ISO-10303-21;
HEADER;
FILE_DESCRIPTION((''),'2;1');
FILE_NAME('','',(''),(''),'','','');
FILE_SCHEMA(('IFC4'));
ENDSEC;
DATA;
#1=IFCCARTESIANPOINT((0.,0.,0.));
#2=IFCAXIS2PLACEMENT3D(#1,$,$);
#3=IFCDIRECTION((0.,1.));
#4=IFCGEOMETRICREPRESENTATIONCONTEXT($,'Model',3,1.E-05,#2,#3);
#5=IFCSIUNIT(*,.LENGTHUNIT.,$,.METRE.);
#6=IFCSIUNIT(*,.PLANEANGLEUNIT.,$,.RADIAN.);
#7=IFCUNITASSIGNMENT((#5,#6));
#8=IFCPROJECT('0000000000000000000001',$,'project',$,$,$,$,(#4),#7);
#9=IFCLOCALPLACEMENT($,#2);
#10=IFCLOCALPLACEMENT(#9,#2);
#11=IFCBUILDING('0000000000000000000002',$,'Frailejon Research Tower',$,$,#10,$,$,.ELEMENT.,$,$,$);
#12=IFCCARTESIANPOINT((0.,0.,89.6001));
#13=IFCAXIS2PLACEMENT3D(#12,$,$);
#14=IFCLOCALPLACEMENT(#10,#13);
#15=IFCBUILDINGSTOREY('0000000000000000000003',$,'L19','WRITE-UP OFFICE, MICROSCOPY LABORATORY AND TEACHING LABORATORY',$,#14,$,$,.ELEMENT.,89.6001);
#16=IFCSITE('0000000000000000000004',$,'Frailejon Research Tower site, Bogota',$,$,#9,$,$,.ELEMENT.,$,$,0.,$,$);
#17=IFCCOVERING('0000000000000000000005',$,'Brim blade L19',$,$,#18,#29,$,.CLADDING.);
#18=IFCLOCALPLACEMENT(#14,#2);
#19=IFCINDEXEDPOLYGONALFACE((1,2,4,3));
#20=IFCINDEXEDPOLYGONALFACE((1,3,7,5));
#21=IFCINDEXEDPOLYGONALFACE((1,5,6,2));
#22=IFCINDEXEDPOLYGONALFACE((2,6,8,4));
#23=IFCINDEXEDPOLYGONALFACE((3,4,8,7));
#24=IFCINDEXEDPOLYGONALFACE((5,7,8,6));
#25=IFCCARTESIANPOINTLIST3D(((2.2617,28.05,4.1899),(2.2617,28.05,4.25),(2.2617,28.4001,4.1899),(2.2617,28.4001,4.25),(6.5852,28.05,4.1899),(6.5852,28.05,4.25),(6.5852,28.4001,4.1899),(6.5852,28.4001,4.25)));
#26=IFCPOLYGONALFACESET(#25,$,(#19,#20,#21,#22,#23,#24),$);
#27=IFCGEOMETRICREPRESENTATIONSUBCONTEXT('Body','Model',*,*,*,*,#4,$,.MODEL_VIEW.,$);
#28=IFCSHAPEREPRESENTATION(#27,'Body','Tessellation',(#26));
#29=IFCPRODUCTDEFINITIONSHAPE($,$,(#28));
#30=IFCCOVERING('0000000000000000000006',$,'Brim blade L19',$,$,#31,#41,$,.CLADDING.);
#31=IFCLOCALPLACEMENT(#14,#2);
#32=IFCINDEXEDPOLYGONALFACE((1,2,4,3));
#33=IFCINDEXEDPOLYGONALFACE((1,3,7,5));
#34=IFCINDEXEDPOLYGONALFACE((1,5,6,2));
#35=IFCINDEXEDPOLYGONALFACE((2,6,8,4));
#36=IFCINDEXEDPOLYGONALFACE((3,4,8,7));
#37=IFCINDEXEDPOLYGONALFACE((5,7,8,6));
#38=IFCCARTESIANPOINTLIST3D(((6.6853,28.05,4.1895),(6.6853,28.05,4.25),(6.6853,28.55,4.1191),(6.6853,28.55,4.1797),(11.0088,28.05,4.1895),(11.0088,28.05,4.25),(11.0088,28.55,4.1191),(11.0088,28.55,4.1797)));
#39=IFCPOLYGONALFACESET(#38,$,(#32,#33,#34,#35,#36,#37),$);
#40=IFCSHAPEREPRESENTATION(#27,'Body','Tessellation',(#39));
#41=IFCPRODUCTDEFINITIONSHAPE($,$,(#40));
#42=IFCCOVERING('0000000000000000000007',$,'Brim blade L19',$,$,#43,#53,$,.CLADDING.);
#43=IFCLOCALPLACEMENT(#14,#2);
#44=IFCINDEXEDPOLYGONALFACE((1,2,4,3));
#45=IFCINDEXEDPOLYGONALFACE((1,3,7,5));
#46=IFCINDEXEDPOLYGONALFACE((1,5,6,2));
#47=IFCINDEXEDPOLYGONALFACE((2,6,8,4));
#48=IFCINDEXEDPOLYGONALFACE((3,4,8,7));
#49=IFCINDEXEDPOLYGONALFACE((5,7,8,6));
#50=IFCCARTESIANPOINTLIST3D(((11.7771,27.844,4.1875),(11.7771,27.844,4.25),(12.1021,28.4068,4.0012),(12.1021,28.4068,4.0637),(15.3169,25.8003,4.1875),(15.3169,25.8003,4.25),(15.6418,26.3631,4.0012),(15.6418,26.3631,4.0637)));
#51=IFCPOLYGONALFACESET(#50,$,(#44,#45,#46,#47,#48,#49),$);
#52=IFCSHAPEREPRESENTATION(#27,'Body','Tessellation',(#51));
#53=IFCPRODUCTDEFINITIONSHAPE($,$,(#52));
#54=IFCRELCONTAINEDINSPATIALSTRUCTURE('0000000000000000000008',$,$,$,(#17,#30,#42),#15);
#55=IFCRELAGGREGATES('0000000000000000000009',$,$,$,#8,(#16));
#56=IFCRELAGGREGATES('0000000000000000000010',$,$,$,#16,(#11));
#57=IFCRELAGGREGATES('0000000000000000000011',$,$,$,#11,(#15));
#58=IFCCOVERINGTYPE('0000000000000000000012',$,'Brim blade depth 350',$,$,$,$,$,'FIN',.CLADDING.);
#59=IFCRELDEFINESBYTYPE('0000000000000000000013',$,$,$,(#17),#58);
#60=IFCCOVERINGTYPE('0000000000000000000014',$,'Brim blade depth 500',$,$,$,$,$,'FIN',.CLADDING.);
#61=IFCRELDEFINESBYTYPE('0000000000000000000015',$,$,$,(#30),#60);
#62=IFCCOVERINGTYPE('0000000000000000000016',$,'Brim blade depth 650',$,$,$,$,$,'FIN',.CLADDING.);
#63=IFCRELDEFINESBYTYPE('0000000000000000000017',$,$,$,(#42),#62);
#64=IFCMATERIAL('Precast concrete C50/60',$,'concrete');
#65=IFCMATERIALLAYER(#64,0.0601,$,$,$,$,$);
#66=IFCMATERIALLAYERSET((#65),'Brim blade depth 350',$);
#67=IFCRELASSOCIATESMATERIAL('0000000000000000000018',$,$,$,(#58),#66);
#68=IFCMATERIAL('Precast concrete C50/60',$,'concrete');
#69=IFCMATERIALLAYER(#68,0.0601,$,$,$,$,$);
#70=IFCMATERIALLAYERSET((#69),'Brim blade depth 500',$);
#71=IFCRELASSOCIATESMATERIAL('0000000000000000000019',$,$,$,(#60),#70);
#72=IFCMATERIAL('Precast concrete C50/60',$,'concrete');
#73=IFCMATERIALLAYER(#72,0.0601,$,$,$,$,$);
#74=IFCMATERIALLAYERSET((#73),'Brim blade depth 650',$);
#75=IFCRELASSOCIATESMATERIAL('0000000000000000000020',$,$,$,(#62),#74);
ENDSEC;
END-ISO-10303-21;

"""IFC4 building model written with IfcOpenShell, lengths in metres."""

from ifc_helpers import new_model, si_unit, direction, frame, origin, place, context, subcontext, project, spatial, polyline, outline, extrude, material, layer, layer_set, type_object, element, save


model = new_model("IFC4")

# Units and contexts
model_context = context("Model", 3, precision=1e-05, world=origin(), true_north=direction((0.0, 1.0)))
body_context = subcontext(model_context, "Body", "Model", "MODEL_VIEW")
ifc_project = project(units=[si_unit("LENGTHUNIT", "METRE"), si_unit("PLANEANGLEUNIT", "RADIAN")], contexts=[model_context])

# Site, building, storey
site_placement = place(None, origin())
site = spatial("IfcSite", under=ifc_project, at=site_placement, Name="Frailejon Research Tower site, Bogota", CompositionType="ELEMENT", RefElevation=0.0)
building_placement = place(site_placement, origin())
building = spatial("IfcBuilding", under=site, at=building_placement, Name="Frailejon Research Tower", CompositionType="ELEMENT")
storey_placement = place(building_placement, frame((0.0, 0.0, 89.6001)))
storey = spatial("IfcBuildingStorey", under=building, at=storey_placement, Name="L19", Description="WRITE-UP OFFICE, MICROSCOPY LABORATORY AND TEACHING LABORATORY", CompositionType="ELEMENT", Elevation=89.6001)

# Coverings
ifc_material_1 = material(Name="Precast concrete C50/60", Category="concrete")
ifc_layer_1 = layer(ifc_material_1, 0.0601)
ifc_layer_set_1 = layer_set([ifc_layer_1], Name="Brim blade depth 350")
covering_type_1 = type_object("IfcCoveringType", Name="Brim blade depth 350", ElementType="FIN", PredefinedType="CLADDING", material=ifc_layer_set_1)
covering_1_placement = place(storey_placement, frame((2.2617, 28.05, 4.25), z_axis=(1.0, 0.0, 0.0), x_axis=(0.0, 1.0, 0.0)))
element("IfcCovering", 1, at=covering_1_placement, inside=storey, type_object=covering_type_1, Name="Brim blade L19", PredefinedType="CLADDING", context=body_context, shape_type="SweptSolid", body=[
    extrude(outline(polyline([(0.0, -0.0601), (0.3501, -0.0601), (0.3501, 0.0), (0.0, 0.0), (0.0, -0.0601)])), origin(), (0.0, 0.0, 1.0), 4.3235),
])
ifc_material_2 = material(Name="Precast concrete C50/60", Category="concrete")
ifc_layer_2 = layer(ifc_material_2, 0.0601)
ifc_layer_set_2 = layer_set([ifc_layer_2], Name="Brim blade depth 500")
covering_type_2 = type_object("IfcCoveringType", Name="Brim blade depth 500", ElementType="FIN", PredefinedType="CLADDING", material=ifc_layer_set_2)
covering_2_placement = place(storey_placement, frame((6.6853, 28.05, 4.25), z_axis=(1.0, 0.0, 0.0), x_axis=(0.0, 1.0, 0.0)))
element("IfcCovering", 2, at=covering_2_placement, inside=storey, type_object=covering_type_2, Name="Brim blade L19", PredefinedType="CLADDING", context=body_context, shape_type="SweptSolid", body=[
    extrude(outline(polyline([(0.0, -0.0605), (0.5, -0.1309), (0.5, -0.0703), (0.0, 0.0), (0.0, -0.0605)])), origin(), (0.0, 0.0, 1.0), 4.3235),
])
ifc_material_3 = material(Name="Precast concrete C50/60", Category="concrete")
ifc_layer_3 = layer(ifc_material_3, 0.0601)
ifc_layer_set_3 = layer_set([ifc_layer_3], Name="Brim blade depth 650")
covering_type_3 = type_object("IfcCoveringType", Name="Brim blade depth 650", ElementType="FIN", PredefinedType="CLADDING", material=ifc_layer_set_3)
covering_3_placement = place(storey_placement, frame((11.7771, 27.844, 4.25), z_axis=(0.866021, -0.500007, 0.0), x_axis=(0.500007, 0.866021, 0.0)))
element("IfcCovering", 3, at=covering_3_placement, inside=storey, type_object=covering_type_3, Name="Brim blade L19", PredefinedType="CLADDING", context=body_context, shape_type="SweptSolid", body=[
    extrude(outline(polyline([(0.0, -0.0625), (0.6499, -0.2488), (0.6499, -0.1863), (0.0, 0.0), (0.0, -0.0625)])), origin(), (0.0, 0.0, 1.0), 4.0874),
])

save(model, "model.ifc")
